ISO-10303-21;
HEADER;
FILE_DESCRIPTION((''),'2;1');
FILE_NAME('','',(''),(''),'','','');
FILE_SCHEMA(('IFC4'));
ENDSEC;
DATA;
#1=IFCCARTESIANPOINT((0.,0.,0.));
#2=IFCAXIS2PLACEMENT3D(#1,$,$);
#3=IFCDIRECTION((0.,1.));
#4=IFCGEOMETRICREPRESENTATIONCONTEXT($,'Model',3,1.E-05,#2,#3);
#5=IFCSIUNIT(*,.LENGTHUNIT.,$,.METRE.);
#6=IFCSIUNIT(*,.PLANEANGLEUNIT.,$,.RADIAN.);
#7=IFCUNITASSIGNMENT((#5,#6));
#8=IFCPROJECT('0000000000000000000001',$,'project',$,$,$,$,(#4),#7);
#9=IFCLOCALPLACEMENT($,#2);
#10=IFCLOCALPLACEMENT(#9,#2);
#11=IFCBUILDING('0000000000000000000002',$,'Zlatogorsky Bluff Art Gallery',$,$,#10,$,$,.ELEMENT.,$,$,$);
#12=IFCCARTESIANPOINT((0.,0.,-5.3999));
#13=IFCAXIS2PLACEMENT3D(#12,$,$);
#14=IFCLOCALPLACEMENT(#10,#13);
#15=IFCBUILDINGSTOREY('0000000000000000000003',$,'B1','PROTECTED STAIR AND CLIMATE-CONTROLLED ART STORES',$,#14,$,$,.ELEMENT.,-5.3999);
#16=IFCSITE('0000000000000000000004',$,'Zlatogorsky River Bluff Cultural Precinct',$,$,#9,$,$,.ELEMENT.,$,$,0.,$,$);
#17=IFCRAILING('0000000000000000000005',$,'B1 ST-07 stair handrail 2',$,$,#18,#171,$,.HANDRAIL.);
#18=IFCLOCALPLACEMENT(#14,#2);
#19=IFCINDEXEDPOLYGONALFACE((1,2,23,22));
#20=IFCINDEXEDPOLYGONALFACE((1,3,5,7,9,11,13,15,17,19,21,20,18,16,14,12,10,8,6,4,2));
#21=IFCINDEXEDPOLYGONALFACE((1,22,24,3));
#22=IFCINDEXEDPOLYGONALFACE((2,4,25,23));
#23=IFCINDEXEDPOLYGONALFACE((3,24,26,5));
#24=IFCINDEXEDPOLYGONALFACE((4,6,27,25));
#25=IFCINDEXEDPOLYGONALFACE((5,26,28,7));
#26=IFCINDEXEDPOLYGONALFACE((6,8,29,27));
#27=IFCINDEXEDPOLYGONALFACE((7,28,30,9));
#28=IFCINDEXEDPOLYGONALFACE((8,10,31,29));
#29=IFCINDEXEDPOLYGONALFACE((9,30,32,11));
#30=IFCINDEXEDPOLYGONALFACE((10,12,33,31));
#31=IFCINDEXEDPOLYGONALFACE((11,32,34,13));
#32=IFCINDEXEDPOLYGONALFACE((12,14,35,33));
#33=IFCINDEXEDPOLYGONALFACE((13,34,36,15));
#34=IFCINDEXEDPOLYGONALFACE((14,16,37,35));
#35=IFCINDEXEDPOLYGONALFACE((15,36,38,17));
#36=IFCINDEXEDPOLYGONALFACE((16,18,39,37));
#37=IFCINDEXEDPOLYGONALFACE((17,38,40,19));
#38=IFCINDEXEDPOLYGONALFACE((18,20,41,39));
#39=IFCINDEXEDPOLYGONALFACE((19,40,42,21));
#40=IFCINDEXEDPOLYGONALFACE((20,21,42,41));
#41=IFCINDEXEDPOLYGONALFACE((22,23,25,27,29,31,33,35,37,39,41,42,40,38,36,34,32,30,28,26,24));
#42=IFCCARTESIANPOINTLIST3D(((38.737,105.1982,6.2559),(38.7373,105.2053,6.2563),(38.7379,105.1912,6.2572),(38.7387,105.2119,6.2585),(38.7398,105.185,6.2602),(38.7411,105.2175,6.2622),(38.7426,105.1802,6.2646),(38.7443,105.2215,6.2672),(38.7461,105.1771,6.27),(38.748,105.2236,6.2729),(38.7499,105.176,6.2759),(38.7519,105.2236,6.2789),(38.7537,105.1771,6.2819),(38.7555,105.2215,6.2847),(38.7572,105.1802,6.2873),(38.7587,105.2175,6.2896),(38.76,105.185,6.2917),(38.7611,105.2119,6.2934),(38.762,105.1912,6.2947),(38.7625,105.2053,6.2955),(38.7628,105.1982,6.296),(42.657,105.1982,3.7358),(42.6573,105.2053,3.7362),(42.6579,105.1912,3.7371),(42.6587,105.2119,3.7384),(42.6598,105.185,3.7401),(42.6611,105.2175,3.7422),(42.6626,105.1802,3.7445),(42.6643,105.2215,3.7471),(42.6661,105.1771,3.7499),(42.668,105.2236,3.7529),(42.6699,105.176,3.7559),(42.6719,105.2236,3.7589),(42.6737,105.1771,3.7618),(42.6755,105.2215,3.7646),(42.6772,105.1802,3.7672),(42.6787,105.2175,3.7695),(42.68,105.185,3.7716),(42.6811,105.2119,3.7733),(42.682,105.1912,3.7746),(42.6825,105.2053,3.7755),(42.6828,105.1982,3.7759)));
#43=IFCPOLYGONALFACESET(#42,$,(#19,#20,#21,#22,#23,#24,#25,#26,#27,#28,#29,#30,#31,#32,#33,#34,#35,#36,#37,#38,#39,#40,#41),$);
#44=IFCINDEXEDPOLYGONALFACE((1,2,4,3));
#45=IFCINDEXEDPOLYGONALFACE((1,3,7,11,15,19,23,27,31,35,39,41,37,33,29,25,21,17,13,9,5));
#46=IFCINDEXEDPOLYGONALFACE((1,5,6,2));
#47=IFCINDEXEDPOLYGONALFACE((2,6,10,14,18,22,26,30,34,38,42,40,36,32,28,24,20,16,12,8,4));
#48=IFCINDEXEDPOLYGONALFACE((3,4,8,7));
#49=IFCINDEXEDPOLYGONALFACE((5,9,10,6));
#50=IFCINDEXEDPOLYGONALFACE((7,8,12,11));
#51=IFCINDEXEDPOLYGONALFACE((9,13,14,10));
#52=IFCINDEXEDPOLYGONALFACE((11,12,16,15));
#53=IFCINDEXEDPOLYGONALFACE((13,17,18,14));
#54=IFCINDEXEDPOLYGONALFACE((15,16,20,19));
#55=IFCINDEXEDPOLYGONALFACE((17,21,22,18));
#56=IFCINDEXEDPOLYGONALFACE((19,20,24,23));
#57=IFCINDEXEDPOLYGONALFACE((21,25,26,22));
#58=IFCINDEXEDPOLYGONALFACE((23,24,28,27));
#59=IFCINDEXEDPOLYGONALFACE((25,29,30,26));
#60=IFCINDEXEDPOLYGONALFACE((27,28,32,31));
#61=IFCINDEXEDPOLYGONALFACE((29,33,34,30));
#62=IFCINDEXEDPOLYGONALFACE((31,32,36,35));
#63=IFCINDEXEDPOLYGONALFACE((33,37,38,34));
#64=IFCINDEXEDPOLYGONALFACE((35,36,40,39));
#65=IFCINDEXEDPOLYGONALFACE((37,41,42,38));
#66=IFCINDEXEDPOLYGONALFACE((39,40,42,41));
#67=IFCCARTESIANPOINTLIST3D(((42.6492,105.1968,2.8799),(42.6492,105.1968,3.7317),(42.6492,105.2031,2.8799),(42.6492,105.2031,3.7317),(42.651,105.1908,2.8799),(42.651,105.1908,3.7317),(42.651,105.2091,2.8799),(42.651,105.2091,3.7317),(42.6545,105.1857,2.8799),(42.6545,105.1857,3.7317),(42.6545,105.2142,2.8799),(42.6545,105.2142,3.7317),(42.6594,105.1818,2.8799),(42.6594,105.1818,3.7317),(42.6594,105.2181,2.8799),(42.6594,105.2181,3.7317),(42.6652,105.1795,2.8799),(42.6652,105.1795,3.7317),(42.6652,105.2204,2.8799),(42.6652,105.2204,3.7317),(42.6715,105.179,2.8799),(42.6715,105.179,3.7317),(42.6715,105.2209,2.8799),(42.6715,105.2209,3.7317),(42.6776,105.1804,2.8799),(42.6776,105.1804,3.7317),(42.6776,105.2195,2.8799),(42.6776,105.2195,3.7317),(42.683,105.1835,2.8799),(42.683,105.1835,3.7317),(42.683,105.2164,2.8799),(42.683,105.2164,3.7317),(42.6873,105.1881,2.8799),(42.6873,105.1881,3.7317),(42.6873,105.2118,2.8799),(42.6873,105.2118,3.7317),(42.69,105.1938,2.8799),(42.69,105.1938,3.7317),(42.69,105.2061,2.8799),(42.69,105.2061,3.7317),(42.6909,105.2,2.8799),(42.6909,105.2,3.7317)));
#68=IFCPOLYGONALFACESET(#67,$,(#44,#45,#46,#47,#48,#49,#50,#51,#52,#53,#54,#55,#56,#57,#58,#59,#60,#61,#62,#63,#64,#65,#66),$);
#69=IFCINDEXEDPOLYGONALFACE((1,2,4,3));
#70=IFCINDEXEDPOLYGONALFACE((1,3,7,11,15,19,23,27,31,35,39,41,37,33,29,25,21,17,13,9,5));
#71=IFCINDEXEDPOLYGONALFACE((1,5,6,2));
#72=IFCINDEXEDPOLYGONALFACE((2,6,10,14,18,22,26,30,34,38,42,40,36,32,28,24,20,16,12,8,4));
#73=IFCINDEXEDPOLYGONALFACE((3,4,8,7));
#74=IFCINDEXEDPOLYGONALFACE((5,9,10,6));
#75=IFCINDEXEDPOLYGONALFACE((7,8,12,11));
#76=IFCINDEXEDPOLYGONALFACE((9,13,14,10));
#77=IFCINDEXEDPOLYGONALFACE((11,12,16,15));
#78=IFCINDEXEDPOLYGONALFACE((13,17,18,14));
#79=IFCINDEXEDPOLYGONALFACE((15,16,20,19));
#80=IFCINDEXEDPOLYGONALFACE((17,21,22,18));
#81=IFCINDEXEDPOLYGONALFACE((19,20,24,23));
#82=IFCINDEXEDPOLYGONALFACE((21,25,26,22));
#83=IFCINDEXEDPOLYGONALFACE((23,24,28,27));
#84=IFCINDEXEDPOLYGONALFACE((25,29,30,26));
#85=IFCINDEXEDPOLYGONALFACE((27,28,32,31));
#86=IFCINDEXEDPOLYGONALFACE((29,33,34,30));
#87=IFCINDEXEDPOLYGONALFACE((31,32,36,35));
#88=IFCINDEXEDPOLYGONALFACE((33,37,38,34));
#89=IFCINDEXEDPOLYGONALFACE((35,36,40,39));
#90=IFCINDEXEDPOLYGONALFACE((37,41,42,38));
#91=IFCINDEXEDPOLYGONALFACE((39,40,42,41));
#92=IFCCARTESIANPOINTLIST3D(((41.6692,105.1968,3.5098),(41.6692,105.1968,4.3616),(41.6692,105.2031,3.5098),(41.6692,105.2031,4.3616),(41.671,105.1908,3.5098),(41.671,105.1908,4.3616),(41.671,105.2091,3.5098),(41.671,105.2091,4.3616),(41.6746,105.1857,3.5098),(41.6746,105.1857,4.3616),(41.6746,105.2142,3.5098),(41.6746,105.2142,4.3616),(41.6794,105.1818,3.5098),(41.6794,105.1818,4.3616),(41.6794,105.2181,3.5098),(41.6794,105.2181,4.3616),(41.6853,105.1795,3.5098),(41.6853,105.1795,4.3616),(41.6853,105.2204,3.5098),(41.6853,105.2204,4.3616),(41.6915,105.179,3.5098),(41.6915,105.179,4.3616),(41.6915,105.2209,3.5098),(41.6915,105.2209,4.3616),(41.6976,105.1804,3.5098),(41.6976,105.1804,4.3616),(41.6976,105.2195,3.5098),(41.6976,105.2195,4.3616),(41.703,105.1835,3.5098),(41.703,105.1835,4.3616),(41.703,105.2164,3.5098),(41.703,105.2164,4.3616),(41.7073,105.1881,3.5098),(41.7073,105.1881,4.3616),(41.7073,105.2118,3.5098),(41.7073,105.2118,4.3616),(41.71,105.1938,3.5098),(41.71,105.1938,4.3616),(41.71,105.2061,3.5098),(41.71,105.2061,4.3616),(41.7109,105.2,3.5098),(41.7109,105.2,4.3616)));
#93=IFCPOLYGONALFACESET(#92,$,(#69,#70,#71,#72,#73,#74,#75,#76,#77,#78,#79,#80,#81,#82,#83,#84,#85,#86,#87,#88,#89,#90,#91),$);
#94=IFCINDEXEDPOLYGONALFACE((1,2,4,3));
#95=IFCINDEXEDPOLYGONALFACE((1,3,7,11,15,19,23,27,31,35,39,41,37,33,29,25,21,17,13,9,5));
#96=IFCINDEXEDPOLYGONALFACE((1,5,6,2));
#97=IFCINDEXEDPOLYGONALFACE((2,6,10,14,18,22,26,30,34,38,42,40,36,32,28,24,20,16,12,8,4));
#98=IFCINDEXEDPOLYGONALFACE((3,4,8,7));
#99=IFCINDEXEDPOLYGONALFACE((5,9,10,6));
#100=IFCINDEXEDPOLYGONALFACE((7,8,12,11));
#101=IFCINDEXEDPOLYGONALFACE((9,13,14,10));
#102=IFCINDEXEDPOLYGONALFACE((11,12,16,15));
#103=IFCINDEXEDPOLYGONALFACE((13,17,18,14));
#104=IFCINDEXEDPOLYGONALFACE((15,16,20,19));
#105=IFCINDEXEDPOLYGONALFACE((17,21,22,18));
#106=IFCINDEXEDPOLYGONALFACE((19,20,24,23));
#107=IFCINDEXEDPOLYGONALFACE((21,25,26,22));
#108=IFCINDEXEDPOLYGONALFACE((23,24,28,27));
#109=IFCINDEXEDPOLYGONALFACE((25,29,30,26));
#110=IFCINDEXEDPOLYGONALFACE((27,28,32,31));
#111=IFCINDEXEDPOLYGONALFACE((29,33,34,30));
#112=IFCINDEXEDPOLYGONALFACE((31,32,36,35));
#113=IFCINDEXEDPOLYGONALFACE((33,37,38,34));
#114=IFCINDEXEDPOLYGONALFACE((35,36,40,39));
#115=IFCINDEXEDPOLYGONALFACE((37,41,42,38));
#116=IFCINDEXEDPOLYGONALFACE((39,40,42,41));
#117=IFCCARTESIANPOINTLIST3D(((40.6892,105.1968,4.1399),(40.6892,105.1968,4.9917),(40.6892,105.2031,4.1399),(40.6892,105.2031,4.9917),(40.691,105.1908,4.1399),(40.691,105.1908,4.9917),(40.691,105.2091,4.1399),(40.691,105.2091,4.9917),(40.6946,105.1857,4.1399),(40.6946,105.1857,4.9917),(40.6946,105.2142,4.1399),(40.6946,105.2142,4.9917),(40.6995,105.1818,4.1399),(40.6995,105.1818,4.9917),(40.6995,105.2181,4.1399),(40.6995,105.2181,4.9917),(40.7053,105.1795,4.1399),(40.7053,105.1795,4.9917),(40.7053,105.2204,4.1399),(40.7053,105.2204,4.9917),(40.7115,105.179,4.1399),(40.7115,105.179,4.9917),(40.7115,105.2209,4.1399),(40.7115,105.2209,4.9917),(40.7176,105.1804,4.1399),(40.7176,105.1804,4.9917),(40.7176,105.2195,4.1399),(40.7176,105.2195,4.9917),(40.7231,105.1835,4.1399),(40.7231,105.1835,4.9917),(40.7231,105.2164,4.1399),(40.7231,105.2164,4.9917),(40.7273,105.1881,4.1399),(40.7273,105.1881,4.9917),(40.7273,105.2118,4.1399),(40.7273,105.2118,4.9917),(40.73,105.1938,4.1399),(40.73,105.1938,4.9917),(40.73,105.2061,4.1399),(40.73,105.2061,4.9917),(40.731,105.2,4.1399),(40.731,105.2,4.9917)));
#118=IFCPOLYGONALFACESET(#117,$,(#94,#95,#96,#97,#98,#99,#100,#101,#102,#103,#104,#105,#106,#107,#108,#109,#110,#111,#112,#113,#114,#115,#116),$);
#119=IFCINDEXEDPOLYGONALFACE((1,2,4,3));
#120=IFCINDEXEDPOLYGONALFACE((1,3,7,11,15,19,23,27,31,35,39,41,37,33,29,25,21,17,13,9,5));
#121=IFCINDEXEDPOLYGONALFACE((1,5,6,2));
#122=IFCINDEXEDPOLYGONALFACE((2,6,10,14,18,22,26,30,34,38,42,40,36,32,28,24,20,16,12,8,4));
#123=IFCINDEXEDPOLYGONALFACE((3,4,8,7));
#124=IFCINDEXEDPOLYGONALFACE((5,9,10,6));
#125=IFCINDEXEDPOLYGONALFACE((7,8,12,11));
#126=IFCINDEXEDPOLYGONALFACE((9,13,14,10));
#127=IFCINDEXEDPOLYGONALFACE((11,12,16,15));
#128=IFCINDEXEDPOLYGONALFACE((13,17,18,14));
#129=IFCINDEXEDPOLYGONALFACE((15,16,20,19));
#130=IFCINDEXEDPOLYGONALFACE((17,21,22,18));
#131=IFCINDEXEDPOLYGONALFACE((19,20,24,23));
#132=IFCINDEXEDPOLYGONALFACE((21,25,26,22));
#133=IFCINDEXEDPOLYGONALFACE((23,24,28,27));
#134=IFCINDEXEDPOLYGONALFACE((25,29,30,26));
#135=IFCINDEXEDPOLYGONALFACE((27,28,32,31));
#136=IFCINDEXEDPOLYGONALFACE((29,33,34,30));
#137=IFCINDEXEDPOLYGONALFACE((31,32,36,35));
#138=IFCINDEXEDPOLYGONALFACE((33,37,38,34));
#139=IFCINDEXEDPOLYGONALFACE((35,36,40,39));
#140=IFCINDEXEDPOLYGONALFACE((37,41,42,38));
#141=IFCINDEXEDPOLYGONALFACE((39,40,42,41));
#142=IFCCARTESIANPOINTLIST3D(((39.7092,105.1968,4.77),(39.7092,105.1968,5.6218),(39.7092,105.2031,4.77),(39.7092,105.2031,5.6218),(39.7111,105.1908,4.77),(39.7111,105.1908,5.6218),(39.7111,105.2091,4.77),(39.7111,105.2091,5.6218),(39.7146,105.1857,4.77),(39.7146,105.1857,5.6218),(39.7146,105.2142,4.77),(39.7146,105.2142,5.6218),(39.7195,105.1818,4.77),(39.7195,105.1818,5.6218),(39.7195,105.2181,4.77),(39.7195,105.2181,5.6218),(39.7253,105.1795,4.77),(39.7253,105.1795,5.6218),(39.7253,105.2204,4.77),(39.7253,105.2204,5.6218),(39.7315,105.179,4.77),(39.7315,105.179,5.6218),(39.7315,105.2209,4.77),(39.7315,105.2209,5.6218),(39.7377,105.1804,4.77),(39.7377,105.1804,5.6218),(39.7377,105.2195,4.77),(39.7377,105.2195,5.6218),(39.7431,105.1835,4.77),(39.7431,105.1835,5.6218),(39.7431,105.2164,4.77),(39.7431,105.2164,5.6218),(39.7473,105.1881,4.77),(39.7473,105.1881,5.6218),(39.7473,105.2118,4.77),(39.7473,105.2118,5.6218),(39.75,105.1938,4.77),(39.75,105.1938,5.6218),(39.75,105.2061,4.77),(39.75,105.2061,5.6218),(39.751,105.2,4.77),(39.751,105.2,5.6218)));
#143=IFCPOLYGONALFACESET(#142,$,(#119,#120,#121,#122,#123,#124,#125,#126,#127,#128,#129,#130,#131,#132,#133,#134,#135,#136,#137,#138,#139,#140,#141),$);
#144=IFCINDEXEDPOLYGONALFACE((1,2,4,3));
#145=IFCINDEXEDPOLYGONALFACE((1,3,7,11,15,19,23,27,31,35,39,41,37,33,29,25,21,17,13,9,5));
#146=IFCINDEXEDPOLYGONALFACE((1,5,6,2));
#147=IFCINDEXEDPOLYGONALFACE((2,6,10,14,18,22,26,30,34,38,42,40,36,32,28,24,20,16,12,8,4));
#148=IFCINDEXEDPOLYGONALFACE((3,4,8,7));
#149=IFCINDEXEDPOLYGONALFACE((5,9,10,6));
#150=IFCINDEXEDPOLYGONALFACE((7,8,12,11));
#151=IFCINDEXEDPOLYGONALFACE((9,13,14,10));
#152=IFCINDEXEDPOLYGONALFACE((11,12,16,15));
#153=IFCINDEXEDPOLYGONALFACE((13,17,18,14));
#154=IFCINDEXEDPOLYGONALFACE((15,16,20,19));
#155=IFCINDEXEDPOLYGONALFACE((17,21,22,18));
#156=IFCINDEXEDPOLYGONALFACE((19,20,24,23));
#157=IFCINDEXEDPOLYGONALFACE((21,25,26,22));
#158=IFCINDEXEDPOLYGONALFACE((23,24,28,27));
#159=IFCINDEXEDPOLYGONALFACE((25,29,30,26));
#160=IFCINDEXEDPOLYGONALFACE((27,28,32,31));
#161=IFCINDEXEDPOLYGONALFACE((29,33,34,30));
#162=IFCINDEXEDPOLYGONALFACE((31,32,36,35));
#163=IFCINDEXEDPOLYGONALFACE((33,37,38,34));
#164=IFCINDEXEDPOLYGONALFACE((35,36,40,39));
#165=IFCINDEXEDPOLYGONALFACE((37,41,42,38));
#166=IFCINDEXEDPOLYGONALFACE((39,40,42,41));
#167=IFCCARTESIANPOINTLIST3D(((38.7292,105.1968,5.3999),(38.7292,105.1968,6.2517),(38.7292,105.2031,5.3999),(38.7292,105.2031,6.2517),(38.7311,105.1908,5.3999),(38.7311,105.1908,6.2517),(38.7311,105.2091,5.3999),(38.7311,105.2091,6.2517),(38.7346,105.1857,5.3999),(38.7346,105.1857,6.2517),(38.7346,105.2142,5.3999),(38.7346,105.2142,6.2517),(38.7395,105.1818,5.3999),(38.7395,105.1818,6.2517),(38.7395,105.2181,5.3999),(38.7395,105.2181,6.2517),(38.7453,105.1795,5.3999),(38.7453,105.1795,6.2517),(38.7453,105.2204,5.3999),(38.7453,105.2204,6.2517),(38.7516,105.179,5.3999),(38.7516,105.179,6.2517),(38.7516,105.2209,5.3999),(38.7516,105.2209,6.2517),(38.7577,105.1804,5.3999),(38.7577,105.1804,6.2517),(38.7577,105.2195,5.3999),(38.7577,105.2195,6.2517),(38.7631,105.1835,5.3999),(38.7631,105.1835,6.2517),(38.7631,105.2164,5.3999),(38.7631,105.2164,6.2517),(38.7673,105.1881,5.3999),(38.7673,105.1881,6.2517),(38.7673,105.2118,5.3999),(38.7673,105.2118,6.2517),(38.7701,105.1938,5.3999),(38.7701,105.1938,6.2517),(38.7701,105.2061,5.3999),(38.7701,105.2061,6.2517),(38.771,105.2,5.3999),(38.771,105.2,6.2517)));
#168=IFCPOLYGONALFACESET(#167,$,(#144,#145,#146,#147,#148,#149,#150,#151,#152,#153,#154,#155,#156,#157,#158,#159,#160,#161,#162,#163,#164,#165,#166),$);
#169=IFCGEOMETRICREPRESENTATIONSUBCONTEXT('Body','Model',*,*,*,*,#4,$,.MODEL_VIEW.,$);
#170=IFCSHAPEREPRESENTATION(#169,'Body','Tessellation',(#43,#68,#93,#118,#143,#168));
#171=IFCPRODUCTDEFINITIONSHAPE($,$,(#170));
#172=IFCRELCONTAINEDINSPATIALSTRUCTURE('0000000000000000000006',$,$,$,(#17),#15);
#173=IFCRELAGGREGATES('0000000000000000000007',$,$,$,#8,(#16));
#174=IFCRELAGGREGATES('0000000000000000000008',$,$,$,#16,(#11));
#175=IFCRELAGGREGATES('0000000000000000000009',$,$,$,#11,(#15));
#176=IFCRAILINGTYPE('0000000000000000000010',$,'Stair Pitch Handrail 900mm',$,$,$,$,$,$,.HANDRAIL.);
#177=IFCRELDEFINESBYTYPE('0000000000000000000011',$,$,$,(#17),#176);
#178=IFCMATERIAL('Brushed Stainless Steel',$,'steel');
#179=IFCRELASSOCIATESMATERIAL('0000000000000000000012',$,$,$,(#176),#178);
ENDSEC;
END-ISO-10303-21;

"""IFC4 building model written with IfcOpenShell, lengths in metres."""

from ifc_helpers import new_model, si_unit, direction, frame, origin, origin_2d, place, context, subcontext, project, spatial, circle, extrude, material, type_object, element, save


model = new_model("IFC4")

# Units and contexts
model_context = context("Model", 3, precision=1e-05, world=origin(), true_north=direction((0.0, 1.0)))
body_context = subcontext(model_context, "Body", "Model", "MODEL_VIEW")
ifc_project = project(units=[si_unit("LENGTHUNIT", "METRE"), si_unit("PLANEANGLEUNIT", "RADIAN")], contexts=[model_context])

# Site, building, storey
site_placement = place(None, origin())
site = spatial("IfcSite", under=ifc_project, at=site_placement, Name="Zlatogorsky River Bluff Cultural Precinct", CompositionType="ELEMENT", RefElevation=0.0)
building_placement = place(site_placement, origin())
building = spatial("IfcBuilding", under=site, at=building_placement, Name="Zlatogorsky Bluff Art Gallery", CompositionType="ELEMENT")
storey_placement = place(building_placement, frame((0.0, 0.0, -5.3999)))
storey = spatial("IfcBuildingStorey", under=building, at=storey_placement, Name="B1", Description="PROTECTED STAIR AND CLIMATE-CONTROLLED ART STORES", CompositionType="ELEMENT", Elevation=-5.3999)

# Railing
ifc_material_1 = material(Name="Brushed Stainless Steel", Category="steel")
railing_type = type_object("IfcRailingType", Name="Stair Pitch Handrail 900mm", PredefinedType="HANDRAIL", material=ifc_material_1)
railing_placement = place(storey_placement, frame((42.6699, 105.2, 2.8799)))
element("IfcRailing", 1, at=railing_placement, inside=storey, type_object=railing_type, Name="B1 ST-07 stair handrail 2", PredefinedType="HANDRAIL", context=body_context, shape_type="SweptSolid", body=[
    extrude(circle(Radius=0.0239, at=origin_2d()), frame((0.0, 0.0, 0.876), z_axis=(-0.841172, 0.0, 0.540768), x_axis=(0.0, -1.0, 0.0)), (0.0, 0.0, 1.0), 4.6602),
    extrude(circle(Radius=0.021, at=origin_2d()), origin(), (0.0, 0.0, 1.0), 0.8518),
    extrude(circle(Radius=0.021, at=origin_2d()), frame((-0.98, 0.0, 0.6299)), (0.0, 0.0, 1.0), 0.8518),
    extrude(circle(Radius=0.021, at=origin_2d()), frame((-1.96, 0.0, 1.26)), (0.0, 0.0, 1.0), 0.8518),
    extrude(circle(Radius=0.021, at=origin_2d()), frame((-2.9399, 0.0, 1.8901)), (0.0, 0.0, 1.0), 0.8518),
    extrude(circle(Radius=0.021, at=origin_2d()), frame((-3.9199, 0.0, 2.52)), (0.0, 0.0, 1.0), 0.8518),
])

save(model, "model.ifc")
